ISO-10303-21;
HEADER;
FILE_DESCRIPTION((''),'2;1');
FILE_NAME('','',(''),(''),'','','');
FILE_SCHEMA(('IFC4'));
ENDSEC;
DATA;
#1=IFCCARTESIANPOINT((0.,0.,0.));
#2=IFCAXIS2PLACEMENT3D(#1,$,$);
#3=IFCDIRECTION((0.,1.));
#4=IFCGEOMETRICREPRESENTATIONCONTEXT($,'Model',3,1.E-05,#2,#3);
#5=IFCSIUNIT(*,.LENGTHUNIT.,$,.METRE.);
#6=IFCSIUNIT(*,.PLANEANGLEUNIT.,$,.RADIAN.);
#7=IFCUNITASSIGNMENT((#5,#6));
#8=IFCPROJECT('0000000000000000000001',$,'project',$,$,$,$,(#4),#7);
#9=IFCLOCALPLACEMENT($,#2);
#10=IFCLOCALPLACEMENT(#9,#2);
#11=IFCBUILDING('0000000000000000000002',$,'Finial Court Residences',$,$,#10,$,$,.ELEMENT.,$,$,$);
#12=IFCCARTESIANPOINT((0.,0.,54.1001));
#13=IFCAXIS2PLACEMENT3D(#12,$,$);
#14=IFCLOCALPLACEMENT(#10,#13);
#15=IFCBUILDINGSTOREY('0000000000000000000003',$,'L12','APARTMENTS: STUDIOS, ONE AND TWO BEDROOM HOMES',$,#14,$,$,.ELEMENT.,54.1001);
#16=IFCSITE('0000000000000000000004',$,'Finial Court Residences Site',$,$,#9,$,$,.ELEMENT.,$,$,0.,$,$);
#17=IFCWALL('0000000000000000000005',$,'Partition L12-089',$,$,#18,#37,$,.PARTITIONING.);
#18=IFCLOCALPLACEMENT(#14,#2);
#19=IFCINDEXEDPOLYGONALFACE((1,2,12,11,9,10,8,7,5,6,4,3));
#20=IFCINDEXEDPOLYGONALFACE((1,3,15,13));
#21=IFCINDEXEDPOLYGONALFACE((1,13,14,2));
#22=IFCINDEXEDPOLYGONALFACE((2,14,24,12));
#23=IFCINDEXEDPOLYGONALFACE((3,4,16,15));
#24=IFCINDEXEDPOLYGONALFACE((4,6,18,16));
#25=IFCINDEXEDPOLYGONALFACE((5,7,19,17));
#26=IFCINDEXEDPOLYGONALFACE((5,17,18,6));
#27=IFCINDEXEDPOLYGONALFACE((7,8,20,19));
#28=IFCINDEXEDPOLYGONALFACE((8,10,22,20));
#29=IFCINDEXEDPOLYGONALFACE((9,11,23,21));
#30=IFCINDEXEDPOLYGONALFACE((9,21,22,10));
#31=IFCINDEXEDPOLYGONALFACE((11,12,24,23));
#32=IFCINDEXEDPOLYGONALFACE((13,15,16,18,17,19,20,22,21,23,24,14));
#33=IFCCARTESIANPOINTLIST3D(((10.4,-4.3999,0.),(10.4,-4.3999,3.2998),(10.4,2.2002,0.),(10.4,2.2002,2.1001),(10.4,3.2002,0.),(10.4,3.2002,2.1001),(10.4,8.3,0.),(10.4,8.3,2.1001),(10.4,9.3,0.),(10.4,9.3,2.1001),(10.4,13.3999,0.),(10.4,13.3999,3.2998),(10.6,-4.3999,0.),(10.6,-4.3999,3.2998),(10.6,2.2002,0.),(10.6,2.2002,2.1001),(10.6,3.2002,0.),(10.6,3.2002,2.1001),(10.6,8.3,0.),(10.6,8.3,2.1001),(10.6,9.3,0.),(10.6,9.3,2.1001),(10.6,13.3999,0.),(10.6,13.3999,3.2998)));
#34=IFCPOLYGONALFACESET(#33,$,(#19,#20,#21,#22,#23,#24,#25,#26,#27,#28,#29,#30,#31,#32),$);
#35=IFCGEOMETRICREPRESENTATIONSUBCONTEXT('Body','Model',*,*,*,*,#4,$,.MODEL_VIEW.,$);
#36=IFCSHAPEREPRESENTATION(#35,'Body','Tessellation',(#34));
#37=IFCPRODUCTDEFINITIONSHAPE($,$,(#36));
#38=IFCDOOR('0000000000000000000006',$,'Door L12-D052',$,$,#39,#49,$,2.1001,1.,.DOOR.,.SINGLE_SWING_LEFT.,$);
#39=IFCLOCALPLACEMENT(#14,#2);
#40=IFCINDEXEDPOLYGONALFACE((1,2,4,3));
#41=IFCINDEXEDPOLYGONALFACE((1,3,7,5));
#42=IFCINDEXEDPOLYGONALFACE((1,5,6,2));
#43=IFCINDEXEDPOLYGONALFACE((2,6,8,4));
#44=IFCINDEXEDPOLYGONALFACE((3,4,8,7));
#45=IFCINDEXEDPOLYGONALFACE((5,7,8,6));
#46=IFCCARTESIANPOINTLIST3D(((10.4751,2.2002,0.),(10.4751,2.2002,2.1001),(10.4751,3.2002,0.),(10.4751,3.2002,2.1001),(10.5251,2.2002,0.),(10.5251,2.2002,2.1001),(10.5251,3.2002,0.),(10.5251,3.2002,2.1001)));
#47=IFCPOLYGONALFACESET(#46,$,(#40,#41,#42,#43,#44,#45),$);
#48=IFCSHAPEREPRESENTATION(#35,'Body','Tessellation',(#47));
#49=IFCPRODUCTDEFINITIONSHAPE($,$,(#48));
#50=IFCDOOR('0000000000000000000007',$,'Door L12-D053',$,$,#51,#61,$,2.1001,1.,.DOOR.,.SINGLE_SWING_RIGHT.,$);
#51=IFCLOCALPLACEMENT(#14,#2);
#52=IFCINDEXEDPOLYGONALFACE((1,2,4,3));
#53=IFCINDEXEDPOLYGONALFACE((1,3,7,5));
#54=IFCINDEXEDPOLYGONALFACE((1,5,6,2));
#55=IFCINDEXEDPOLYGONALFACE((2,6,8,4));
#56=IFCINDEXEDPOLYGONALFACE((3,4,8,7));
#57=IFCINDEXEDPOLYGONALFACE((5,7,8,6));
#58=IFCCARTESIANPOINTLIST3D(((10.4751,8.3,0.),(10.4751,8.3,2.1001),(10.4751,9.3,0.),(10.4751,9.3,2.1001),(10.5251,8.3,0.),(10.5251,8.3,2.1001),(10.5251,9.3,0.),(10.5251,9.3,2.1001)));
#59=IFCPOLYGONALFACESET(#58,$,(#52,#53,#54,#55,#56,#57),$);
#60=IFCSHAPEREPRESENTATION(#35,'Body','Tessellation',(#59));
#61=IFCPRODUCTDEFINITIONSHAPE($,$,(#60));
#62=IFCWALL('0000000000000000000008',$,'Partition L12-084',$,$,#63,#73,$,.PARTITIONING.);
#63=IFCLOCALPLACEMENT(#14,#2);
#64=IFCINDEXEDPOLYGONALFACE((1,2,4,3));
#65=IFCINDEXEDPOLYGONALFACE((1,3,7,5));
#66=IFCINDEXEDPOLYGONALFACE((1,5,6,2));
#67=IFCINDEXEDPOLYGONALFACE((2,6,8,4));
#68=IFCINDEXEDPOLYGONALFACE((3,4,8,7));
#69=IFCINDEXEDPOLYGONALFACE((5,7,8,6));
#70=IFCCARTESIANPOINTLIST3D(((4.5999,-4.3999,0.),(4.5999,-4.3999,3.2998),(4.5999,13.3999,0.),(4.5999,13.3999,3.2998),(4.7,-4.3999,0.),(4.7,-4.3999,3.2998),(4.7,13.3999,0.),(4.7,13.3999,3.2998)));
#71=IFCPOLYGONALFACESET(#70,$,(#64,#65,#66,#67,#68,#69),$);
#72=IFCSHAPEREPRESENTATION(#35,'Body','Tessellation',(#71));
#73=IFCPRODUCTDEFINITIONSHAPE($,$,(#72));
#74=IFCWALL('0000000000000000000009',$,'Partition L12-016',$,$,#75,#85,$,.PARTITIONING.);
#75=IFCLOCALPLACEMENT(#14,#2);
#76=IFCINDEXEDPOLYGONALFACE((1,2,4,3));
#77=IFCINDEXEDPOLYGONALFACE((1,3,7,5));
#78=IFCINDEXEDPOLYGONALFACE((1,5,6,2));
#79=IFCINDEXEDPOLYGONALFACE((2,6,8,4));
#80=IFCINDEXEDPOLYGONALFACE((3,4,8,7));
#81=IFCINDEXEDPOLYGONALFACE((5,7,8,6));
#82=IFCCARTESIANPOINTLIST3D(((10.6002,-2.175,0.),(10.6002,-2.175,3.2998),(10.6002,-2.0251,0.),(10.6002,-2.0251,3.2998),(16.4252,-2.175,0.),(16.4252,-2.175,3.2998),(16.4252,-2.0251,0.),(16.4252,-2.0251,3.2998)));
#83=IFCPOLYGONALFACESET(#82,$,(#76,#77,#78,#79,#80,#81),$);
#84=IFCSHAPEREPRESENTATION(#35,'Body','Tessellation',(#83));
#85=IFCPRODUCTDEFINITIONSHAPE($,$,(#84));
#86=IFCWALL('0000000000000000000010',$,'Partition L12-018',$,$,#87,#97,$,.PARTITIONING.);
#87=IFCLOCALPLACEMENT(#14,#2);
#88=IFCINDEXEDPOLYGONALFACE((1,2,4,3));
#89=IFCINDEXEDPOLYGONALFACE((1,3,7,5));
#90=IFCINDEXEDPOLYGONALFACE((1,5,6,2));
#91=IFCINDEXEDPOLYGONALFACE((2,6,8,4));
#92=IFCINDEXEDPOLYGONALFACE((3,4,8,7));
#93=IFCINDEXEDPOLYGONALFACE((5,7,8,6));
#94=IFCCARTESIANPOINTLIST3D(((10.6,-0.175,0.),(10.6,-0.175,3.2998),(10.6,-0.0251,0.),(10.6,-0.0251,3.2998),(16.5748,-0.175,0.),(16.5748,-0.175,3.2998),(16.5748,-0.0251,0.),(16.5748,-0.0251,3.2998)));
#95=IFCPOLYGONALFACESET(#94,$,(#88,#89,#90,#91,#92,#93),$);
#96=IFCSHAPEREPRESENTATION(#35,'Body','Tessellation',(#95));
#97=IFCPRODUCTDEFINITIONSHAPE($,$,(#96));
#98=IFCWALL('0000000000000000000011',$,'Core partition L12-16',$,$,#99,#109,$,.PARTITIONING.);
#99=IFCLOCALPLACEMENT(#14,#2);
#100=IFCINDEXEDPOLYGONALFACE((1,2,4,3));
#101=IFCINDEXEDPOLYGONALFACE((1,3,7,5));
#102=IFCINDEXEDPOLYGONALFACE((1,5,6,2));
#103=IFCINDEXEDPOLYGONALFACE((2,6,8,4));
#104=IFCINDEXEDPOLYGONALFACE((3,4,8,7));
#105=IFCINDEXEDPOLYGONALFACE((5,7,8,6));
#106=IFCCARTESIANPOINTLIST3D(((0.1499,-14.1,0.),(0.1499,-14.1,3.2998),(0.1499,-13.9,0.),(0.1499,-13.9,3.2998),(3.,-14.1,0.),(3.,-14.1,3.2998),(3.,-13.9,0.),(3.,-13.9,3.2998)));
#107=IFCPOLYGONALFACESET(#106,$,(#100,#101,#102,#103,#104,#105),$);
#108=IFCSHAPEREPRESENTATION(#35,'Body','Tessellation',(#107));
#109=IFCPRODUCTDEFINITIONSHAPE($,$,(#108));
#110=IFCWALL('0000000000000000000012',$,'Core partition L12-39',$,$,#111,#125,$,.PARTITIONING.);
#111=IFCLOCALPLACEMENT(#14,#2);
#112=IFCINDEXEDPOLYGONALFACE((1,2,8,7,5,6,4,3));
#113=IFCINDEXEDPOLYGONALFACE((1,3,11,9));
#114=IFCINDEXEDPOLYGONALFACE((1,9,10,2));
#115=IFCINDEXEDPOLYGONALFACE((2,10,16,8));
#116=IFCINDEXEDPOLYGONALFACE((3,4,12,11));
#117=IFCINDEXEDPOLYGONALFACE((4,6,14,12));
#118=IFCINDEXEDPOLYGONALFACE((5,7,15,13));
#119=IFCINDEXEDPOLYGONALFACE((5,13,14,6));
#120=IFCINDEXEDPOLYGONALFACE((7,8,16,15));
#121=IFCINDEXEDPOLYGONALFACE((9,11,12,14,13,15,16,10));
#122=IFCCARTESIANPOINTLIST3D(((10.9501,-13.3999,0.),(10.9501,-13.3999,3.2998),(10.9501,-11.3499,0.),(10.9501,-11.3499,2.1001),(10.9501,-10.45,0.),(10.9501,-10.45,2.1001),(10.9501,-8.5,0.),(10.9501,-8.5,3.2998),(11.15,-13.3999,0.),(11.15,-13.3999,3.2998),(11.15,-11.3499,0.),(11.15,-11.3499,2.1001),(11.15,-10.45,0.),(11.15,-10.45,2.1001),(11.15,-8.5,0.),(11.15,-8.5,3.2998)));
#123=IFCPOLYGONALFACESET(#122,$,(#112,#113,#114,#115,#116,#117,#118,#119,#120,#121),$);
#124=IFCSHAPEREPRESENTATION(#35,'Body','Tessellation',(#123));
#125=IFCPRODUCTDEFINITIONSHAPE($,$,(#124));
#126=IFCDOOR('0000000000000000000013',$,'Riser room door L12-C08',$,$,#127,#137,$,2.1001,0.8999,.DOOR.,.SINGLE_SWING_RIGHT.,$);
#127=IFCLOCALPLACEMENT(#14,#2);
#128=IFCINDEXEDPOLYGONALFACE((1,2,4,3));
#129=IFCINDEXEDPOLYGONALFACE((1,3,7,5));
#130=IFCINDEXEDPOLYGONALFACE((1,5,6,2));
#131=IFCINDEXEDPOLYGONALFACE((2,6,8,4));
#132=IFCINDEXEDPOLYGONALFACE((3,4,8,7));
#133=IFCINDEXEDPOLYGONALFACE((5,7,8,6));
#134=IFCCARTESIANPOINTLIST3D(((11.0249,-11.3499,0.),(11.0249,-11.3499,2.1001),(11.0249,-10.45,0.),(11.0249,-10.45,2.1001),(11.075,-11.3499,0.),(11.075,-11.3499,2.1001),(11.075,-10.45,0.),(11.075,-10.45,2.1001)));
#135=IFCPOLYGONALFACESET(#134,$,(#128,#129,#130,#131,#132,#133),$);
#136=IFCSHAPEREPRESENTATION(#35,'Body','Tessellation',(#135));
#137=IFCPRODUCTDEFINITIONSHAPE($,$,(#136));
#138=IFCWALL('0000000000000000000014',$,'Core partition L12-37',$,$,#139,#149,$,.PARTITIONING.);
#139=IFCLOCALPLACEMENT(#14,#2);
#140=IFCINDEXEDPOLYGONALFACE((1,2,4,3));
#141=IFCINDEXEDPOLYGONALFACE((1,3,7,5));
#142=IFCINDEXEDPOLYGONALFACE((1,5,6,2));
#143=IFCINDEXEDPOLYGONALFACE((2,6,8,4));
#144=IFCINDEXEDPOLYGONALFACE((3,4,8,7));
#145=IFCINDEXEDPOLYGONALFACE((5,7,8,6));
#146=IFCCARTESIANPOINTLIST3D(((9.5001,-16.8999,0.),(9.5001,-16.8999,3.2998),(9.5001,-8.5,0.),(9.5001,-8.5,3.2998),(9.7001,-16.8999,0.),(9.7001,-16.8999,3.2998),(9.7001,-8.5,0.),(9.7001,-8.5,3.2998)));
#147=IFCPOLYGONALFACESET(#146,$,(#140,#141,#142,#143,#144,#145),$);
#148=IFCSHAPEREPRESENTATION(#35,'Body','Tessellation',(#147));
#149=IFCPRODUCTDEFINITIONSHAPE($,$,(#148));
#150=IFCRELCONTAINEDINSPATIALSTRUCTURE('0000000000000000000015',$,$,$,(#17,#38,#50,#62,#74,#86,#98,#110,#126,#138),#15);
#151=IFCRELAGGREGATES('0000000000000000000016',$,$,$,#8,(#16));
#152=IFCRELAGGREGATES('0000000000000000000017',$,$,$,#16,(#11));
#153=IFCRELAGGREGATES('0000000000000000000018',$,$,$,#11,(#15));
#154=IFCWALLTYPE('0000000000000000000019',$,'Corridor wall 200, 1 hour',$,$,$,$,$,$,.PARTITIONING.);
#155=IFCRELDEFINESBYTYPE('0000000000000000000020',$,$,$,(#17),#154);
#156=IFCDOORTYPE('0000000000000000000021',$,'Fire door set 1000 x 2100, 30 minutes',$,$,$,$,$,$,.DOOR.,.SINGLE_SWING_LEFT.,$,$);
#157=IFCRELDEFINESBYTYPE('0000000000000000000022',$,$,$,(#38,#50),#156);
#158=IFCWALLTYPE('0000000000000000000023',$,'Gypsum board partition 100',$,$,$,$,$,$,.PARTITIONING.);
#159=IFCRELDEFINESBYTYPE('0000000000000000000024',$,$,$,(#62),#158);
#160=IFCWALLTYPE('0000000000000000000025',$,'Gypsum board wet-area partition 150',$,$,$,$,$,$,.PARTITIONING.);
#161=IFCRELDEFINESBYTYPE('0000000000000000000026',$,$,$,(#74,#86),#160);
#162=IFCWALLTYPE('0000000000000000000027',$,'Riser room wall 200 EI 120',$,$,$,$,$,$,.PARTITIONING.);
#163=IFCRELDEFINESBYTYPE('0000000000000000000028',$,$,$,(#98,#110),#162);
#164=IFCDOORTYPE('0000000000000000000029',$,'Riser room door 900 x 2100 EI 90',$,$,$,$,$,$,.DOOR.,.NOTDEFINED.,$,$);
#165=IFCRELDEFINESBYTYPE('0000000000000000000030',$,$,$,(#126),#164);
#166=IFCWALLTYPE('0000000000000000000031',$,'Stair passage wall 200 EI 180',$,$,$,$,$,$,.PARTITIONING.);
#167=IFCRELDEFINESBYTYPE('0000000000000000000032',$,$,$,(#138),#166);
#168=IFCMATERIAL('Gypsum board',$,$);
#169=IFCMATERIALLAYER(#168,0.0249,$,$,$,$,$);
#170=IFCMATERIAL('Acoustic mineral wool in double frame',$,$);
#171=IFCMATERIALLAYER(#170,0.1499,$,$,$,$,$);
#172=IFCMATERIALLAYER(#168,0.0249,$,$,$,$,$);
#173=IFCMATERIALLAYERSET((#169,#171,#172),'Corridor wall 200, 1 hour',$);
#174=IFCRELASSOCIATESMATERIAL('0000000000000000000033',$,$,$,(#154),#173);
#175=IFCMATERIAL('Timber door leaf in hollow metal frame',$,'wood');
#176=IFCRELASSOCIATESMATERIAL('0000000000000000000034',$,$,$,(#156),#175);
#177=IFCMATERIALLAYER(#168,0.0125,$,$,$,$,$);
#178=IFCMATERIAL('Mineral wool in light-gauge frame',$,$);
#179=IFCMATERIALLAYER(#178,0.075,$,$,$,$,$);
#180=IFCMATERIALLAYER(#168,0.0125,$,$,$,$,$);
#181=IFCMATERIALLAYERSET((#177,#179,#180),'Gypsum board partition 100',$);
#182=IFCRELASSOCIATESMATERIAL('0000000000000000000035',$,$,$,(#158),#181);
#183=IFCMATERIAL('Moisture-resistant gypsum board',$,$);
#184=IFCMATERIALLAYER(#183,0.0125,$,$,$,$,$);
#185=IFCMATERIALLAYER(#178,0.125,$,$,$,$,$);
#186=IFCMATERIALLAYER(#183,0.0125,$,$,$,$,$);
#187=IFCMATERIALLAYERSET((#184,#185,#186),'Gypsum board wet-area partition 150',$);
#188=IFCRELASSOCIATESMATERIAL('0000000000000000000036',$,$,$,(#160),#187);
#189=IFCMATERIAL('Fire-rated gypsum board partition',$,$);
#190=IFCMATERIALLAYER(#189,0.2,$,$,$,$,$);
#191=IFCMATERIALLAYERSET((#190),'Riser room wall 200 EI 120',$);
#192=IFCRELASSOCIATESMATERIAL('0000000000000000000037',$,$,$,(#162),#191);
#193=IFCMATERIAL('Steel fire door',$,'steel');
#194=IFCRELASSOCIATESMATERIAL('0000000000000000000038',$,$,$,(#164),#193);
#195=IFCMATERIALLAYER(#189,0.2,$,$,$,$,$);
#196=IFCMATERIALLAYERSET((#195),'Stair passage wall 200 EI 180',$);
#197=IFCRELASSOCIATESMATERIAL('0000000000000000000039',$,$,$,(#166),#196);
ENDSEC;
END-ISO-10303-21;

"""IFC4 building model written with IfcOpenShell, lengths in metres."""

from ifc_helpers import new_model, si_unit, direction, frame, frame_2d, origin, place, context, subcontext, project, spatial, rectangle, extrude, material, layer, layer_set, type_object, element, fill, save


model = new_model("IFC4")

# Units and contexts
model_context = context("Model", 3, precision=1e-05, world=origin(), true_north=direction((0.0, 1.0)))
body_context = subcontext(model_context, "Body", "Model", "MODEL_VIEW")
ifc_project = project(units=[si_unit("LENGTHUNIT", "METRE"), si_unit("PLANEANGLEUNIT", "RADIAN")], contexts=[model_context])

# Site, building, storey
site_placement = place(None, origin())
site = spatial("IfcSite", under=ifc_project, at=site_placement, Name="Finial Court Residences Site", CompositionType="ELEMENT", RefElevation=0.0)
building_placement = place(site_placement, origin())
building = spatial("IfcBuilding", under=site, at=building_placement, Name="Finial Court Residences", CompositionType="ELEMENT")
storey_placement = place(building_placement, frame((0.0, 0.0, 54.1001)))
storey = spatial("IfcBuildingStorey", under=building, at=storey_placement, Name="L12", Description="APARTMENTS: STUDIOS, ONE AND TWO BEDROOM HOMES", CompositionType="ELEMENT", Elevation=54.1001)

# Shared definitions
ifc_material_1 = material(Name="Fire-rated gypsum board partition")
ifc_material_2 = material(Name="Steel fire door", Category="steel")
ifc_material_3 = material(Name="Gypsum board")
ifc_layer_1 = layer(ifc_material_3, 0.0249)
ifc_material_4 = material(Name="Acoustic mineral wool in double frame")
ifc_layer_2 = layer(ifc_material_4, 0.1499)
ifc_layer_3 = layer(ifc_material_3, 0.0249)
ifc_layer_set_1 = layer_set([ifc_layer_1, ifc_layer_2, ifc_layer_3], Name="Corridor wall 200, 1 hour")
wall_type_1 = type_object("IfcWallType", Name="Corridor wall 200, 1 hour", PredefinedType="PARTITIONING", material=ifc_layer_set_1)
ifc_material_5 = material(Name="Timber door leaf in hollow metal frame", Category="wood")
door_type_1 = type_object("IfcDoorType", Name="Fire door set 1000 x 2100, 30 minutes", OperationType="SINGLE_SWING_LEFT", PredefinedType="DOOR", material=ifc_material_5)

# Wall, openings, doors
wall_1_placement = place(storey_placement, frame((10.5, -4.3999, 0.0), z_axis=(0.0, 0.0, 1.0), x_axis=(0.0, 1.0, 0.0)))
wall_1 = element("IfcWall", 1, at=wall_1_placement, inside=storey, type_object=wall_type_1, Name="Partition L12-089", PredefinedType="PARTITIONING", context=body_context, shape_type="SweptSolid", body=[
    extrude(rectangle(XDim=17.7998, YDim=0.2, at=frame_2d((8.8999, 0.0))), origin(), (0.0, 0.0, 1.0), 3.2998),
])
opening_1_placement = place(wall_1_placement, frame((6.6001, 0.0, 0.0)))
opening_1 = element("IfcOpeningElement", 2, at=opening_1_placement, cuts=wall_1, PredefinedType="OPENING", context=body_context, shape_type="SweptSolid", body=[
    extrude(rectangle(XDim=1.0, YDim=2.1001, at=frame_2d((0.5, 1.05))), frame((0.0, 0.1099, 0.0), z_axis=(0.0, -1.0, 0.0), x_axis=(1.0, 0.0, 0.0)), (0.0, 0.0, 1.0), 0.22),
])
opening_2_placement = place(wall_1_placement, frame((12.7, 0.0, 0.0)))
opening_2 = element("IfcOpeningElement", 3, at=opening_2_placement, cuts=wall_1, PredefinedType="OPENING", context=body_context, shape_type="SweptSolid", body=[
    extrude(rectangle(XDim=1.0, YDim=2.1001, at=frame_2d((0.5, 1.05))), frame((0.0, 0.1099, 0.0), z_axis=(0.0, -1.0, 0.0), x_axis=(1.0, 0.0, 0.0)), (0.0, 0.0, 1.0), 0.22),
])
door_1_placement = place(opening_1_placement, origin())
door_1 = element("IfcDoor", 4, at=door_1_placement, inside=storey, type_object=door_type_1, Name="Door L12-D052", OperationType="SINGLE_SWING_LEFT", OverallHeight=2.1001, OverallWidth=1.0, PredefinedType="DOOR", context=body_context, shape_type="SweptSolid", body=[
    extrude(rectangle(XDim=1.0, YDim=2.1001, at=frame_2d((0.5, 1.05))), frame((0.0, 0.0249, 0.0), z_axis=(0.0, -1.0, 0.0), x_axis=(1.0, 0.0, 0.0)), (0.0, 0.0, 1.0), 0.05),
])
fill(opening_1, door_1)
door_2_placement = place(opening_2_placement, origin())
door_2 = element("IfcDoor", 5, at=door_2_placement, inside=storey, type_object=door_type_1, Name="Door L12-D053", OperationType="SINGLE_SWING_RIGHT", OverallHeight=2.1001, OverallWidth=1.0, PredefinedType="DOOR", context=body_context, shape_type="SweptSolid", body=[
    extrude(rectangle(XDim=1.0, YDim=2.1001, at=frame_2d((0.5, 1.05))), frame((0.0, 0.0249, 0.0), z_axis=(0.0, -1.0, 0.0), x_axis=(1.0, 0.0, 0.0)), (0.0, 0.0, 1.0), 0.05),
])
fill(opening_2, door_2)

# Walls
ifc_layer_4 = layer(ifc_material_3, 0.0125)
ifc_material_6 = material(Name="Mineral wool in light-gauge frame")
ifc_layer_5 = layer(ifc_material_6, 0.075)
ifc_layer_6 = layer(ifc_material_3, 0.0125)
ifc_layer_set_2 = layer_set([ifc_layer_4, ifc_layer_5, ifc_layer_6], Name="Gypsum board partition 100")
wall_type_2 = type_object("IfcWallType", Name="Gypsum board partition 100", PredefinedType="PARTITIONING", material=ifc_layer_set_2)
wall_2_placement = place(storey_placement, frame((4.6499, -4.3999, 0.0), z_axis=(0.0, 0.0, 1.0), x_axis=(0.0, 1.0, 0.0)))
element("IfcWall", 6, at=wall_2_placement, inside=storey, type_object=wall_type_2, Name="Partition L12-084", PredefinedType="PARTITIONING", context=body_context, shape_type="SweptSolid", body=[
    extrude(rectangle(XDim=17.7998, YDim=0.1001, at=frame_2d((8.8999, 0.0))), origin(), (0.0, 0.0, 1.0), 3.2998),
])
ifc_material_7 = material(Name="Moisture-resistant gypsum board")
ifc_layer_7 = layer(ifc_material_7, 0.0125)
ifc_layer_8 = layer(ifc_material_6, 0.125)
ifc_layer_9 = layer(ifc_material_7, 0.0125)
ifc_layer_set_3 = layer_set([ifc_layer_7, ifc_layer_8, ifc_layer_9], Name="Gypsum board wet-area partition 150")
wall_type_3 = type_object("IfcWallType", Name="Gypsum board wet-area partition 150", PredefinedType="PARTITIONING", material=ifc_layer_set_3)
wall_3_placement = place(storey_placement, frame((10.6001, -2.1001, 0.0), z_axis=(0.0, 0.0, 1.0), x_axis=(1.0, 0.0, 0.0)))
element("IfcWall", 7, at=wall_3_placement, inside=storey, type_object=wall_type_3, Name="Partition L12-016", PredefinedType="PARTITIONING", context=body_context, shape_type="SweptSolid", body=[
    extrude(rectangle(XDim=5.825, YDim=0.1499, at=frame_2d((2.9126, 0.0))), origin(), (0.0, 0.0, 1.0), 3.2998),
])
wall_4_placement = place(storey_placement, frame((10.6001, -0.1001, 0.0), z_axis=(0.0, 0.0, 1.0), x_axis=(1.0, 0.0, 0.0)))
element("IfcWall", 8, at=wall_4_placement, inside=storey, type_object=wall_type_3, Name="Partition L12-018", PredefinedType="PARTITIONING", context=body_context, shape_type="SweptSolid", body=[
    extrude(rectangle(XDim=5.9749, YDim=0.1499, at=frame_2d((2.9873, 0.0))), origin(), (0.0, 0.0, 1.0), 3.2998),
])
ifc_layer_10 = layer(ifc_material_1, 0.2)
ifc_layer_set_4 = layer_set([ifc_layer_10], Name="Riser room wall 200 EI 120")
wall_type_4 = type_object("IfcWallType", Name="Riser room wall 200 EI 120", PredefinedType="PARTITIONING", material=ifc_layer_set_4)
wall_5_placement = place(storey_placement, frame((0.1499, -14.0, 0.0), z_axis=(0.0, 0.0, 1.0), x_axis=(1.0, 0.0, 0.0)))
element("IfcWall", 9, at=wall_5_placement, inside=storey, type_object=wall_type_4, Name="Core partition L12-16", PredefinedType="PARTITIONING", context=body_context, shape_type="SweptSolid", body=[
    extrude(rectangle(XDim=2.8501, YDim=0.2, at=frame_2d((1.425, 0.0))), origin(), (0.0, 0.0, 1.0), 3.2998),
])

# Wall, opening, door
wall_6_placement = place(storey_placement, frame((11.05, -8.5, 0.0), z_axis=(0.0, 0.0, 1.0), x_axis=(0.0, -1.0, 0.0)))
wall_6 = element("IfcWall", 10, at=wall_6_placement, inside=storey, type_object=wall_type_4, Name="Core partition L12-39", PredefinedType="PARTITIONING", context=body_context, shape_type="SweptSolid", body=[
    extrude(rectangle(XDim=4.8999, YDim=0.2, at=frame_2d((2.45, 0.0))), origin(), (0.0, 0.0, 1.0), 3.2998),
])
opening_3_placement = place(wall_6_placement, frame((1.95, 0.0, 0.0)))
opening_3 = element("IfcOpeningElement", 11, at=opening_3_placement, cuts=wall_6, PredefinedType="OPENING", context=body_context, shape_type="SweptSolid", body=[
    extrude(rectangle(XDim=0.8999, YDim=2.1001, at=frame_2d((0.45, 1.05))), frame((0.0, 0.1099, 0.0), z_axis=(0.0, -1.0, 0.0), x_axis=(1.0, 0.0, 0.0)), (0.0, 0.0, 1.0), 0.22),
])
door_type_2 = type_object("IfcDoorType", Name="Riser room door 900 x 2100 EI 90", OperationType="NOTDEFINED", PredefinedType="DOOR", material=ifc_material_2)
door_3_placement = place(opening_3_placement, origin())
door_3 = element("IfcDoor", 12, at=door_3_placement, inside=storey, type_object=door_type_2, Name="Riser room door L12-C08", OperationType="SINGLE_SWING_RIGHT", OverallHeight=2.1001, OverallWidth=0.8999, PredefinedType="DOOR", context=body_context, shape_type="SweptSolid", body=[
    extrude(rectangle(XDim=0.8999, YDim=2.1001, at=frame_2d((0.45, 1.05))), frame((0.0, 0.0249, 0.0), z_axis=(0.0, -1.0, 0.0), x_axis=(1.0, 0.0, 0.0)), (0.0, 0.0, 1.0), 0.05),
])
fill(opening_3, door_3)

# Wall
ifc_layer_11 = layer(ifc_material_1, 0.2)
ifc_layer_set_5 = layer_set([ifc_layer_11], Name="Stair passage wall 200 EI 180")
wall_type_5 = type_object("IfcWallType", Name="Stair passage wall 200 EI 180", PredefinedType="PARTITIONING", material=ifc_layer_set_5)
wall_7_placement = place(storey_placement, frame((9.6001, -16.8999, 0.0), z_axis=(0.0, 0.0, 1.0), x_axis=(0.0, 1.0, 0.0)))
element("IfcWall", 13, at=wall_7_placement, inside=storey, type_object=wall_type_5, Name="Core partition L12-37", PredefinedType="PARTITIONING", context=body_context, shape_type="SweptSolid", body=[
    extrude(rectangle(XDim=8.3999, YDim=0.2, at=frame_2d((4.2, 0.0))), origin(), (0.0, 0.0, 1.0), 3.2998),
])

save(model, "model.ifc")
